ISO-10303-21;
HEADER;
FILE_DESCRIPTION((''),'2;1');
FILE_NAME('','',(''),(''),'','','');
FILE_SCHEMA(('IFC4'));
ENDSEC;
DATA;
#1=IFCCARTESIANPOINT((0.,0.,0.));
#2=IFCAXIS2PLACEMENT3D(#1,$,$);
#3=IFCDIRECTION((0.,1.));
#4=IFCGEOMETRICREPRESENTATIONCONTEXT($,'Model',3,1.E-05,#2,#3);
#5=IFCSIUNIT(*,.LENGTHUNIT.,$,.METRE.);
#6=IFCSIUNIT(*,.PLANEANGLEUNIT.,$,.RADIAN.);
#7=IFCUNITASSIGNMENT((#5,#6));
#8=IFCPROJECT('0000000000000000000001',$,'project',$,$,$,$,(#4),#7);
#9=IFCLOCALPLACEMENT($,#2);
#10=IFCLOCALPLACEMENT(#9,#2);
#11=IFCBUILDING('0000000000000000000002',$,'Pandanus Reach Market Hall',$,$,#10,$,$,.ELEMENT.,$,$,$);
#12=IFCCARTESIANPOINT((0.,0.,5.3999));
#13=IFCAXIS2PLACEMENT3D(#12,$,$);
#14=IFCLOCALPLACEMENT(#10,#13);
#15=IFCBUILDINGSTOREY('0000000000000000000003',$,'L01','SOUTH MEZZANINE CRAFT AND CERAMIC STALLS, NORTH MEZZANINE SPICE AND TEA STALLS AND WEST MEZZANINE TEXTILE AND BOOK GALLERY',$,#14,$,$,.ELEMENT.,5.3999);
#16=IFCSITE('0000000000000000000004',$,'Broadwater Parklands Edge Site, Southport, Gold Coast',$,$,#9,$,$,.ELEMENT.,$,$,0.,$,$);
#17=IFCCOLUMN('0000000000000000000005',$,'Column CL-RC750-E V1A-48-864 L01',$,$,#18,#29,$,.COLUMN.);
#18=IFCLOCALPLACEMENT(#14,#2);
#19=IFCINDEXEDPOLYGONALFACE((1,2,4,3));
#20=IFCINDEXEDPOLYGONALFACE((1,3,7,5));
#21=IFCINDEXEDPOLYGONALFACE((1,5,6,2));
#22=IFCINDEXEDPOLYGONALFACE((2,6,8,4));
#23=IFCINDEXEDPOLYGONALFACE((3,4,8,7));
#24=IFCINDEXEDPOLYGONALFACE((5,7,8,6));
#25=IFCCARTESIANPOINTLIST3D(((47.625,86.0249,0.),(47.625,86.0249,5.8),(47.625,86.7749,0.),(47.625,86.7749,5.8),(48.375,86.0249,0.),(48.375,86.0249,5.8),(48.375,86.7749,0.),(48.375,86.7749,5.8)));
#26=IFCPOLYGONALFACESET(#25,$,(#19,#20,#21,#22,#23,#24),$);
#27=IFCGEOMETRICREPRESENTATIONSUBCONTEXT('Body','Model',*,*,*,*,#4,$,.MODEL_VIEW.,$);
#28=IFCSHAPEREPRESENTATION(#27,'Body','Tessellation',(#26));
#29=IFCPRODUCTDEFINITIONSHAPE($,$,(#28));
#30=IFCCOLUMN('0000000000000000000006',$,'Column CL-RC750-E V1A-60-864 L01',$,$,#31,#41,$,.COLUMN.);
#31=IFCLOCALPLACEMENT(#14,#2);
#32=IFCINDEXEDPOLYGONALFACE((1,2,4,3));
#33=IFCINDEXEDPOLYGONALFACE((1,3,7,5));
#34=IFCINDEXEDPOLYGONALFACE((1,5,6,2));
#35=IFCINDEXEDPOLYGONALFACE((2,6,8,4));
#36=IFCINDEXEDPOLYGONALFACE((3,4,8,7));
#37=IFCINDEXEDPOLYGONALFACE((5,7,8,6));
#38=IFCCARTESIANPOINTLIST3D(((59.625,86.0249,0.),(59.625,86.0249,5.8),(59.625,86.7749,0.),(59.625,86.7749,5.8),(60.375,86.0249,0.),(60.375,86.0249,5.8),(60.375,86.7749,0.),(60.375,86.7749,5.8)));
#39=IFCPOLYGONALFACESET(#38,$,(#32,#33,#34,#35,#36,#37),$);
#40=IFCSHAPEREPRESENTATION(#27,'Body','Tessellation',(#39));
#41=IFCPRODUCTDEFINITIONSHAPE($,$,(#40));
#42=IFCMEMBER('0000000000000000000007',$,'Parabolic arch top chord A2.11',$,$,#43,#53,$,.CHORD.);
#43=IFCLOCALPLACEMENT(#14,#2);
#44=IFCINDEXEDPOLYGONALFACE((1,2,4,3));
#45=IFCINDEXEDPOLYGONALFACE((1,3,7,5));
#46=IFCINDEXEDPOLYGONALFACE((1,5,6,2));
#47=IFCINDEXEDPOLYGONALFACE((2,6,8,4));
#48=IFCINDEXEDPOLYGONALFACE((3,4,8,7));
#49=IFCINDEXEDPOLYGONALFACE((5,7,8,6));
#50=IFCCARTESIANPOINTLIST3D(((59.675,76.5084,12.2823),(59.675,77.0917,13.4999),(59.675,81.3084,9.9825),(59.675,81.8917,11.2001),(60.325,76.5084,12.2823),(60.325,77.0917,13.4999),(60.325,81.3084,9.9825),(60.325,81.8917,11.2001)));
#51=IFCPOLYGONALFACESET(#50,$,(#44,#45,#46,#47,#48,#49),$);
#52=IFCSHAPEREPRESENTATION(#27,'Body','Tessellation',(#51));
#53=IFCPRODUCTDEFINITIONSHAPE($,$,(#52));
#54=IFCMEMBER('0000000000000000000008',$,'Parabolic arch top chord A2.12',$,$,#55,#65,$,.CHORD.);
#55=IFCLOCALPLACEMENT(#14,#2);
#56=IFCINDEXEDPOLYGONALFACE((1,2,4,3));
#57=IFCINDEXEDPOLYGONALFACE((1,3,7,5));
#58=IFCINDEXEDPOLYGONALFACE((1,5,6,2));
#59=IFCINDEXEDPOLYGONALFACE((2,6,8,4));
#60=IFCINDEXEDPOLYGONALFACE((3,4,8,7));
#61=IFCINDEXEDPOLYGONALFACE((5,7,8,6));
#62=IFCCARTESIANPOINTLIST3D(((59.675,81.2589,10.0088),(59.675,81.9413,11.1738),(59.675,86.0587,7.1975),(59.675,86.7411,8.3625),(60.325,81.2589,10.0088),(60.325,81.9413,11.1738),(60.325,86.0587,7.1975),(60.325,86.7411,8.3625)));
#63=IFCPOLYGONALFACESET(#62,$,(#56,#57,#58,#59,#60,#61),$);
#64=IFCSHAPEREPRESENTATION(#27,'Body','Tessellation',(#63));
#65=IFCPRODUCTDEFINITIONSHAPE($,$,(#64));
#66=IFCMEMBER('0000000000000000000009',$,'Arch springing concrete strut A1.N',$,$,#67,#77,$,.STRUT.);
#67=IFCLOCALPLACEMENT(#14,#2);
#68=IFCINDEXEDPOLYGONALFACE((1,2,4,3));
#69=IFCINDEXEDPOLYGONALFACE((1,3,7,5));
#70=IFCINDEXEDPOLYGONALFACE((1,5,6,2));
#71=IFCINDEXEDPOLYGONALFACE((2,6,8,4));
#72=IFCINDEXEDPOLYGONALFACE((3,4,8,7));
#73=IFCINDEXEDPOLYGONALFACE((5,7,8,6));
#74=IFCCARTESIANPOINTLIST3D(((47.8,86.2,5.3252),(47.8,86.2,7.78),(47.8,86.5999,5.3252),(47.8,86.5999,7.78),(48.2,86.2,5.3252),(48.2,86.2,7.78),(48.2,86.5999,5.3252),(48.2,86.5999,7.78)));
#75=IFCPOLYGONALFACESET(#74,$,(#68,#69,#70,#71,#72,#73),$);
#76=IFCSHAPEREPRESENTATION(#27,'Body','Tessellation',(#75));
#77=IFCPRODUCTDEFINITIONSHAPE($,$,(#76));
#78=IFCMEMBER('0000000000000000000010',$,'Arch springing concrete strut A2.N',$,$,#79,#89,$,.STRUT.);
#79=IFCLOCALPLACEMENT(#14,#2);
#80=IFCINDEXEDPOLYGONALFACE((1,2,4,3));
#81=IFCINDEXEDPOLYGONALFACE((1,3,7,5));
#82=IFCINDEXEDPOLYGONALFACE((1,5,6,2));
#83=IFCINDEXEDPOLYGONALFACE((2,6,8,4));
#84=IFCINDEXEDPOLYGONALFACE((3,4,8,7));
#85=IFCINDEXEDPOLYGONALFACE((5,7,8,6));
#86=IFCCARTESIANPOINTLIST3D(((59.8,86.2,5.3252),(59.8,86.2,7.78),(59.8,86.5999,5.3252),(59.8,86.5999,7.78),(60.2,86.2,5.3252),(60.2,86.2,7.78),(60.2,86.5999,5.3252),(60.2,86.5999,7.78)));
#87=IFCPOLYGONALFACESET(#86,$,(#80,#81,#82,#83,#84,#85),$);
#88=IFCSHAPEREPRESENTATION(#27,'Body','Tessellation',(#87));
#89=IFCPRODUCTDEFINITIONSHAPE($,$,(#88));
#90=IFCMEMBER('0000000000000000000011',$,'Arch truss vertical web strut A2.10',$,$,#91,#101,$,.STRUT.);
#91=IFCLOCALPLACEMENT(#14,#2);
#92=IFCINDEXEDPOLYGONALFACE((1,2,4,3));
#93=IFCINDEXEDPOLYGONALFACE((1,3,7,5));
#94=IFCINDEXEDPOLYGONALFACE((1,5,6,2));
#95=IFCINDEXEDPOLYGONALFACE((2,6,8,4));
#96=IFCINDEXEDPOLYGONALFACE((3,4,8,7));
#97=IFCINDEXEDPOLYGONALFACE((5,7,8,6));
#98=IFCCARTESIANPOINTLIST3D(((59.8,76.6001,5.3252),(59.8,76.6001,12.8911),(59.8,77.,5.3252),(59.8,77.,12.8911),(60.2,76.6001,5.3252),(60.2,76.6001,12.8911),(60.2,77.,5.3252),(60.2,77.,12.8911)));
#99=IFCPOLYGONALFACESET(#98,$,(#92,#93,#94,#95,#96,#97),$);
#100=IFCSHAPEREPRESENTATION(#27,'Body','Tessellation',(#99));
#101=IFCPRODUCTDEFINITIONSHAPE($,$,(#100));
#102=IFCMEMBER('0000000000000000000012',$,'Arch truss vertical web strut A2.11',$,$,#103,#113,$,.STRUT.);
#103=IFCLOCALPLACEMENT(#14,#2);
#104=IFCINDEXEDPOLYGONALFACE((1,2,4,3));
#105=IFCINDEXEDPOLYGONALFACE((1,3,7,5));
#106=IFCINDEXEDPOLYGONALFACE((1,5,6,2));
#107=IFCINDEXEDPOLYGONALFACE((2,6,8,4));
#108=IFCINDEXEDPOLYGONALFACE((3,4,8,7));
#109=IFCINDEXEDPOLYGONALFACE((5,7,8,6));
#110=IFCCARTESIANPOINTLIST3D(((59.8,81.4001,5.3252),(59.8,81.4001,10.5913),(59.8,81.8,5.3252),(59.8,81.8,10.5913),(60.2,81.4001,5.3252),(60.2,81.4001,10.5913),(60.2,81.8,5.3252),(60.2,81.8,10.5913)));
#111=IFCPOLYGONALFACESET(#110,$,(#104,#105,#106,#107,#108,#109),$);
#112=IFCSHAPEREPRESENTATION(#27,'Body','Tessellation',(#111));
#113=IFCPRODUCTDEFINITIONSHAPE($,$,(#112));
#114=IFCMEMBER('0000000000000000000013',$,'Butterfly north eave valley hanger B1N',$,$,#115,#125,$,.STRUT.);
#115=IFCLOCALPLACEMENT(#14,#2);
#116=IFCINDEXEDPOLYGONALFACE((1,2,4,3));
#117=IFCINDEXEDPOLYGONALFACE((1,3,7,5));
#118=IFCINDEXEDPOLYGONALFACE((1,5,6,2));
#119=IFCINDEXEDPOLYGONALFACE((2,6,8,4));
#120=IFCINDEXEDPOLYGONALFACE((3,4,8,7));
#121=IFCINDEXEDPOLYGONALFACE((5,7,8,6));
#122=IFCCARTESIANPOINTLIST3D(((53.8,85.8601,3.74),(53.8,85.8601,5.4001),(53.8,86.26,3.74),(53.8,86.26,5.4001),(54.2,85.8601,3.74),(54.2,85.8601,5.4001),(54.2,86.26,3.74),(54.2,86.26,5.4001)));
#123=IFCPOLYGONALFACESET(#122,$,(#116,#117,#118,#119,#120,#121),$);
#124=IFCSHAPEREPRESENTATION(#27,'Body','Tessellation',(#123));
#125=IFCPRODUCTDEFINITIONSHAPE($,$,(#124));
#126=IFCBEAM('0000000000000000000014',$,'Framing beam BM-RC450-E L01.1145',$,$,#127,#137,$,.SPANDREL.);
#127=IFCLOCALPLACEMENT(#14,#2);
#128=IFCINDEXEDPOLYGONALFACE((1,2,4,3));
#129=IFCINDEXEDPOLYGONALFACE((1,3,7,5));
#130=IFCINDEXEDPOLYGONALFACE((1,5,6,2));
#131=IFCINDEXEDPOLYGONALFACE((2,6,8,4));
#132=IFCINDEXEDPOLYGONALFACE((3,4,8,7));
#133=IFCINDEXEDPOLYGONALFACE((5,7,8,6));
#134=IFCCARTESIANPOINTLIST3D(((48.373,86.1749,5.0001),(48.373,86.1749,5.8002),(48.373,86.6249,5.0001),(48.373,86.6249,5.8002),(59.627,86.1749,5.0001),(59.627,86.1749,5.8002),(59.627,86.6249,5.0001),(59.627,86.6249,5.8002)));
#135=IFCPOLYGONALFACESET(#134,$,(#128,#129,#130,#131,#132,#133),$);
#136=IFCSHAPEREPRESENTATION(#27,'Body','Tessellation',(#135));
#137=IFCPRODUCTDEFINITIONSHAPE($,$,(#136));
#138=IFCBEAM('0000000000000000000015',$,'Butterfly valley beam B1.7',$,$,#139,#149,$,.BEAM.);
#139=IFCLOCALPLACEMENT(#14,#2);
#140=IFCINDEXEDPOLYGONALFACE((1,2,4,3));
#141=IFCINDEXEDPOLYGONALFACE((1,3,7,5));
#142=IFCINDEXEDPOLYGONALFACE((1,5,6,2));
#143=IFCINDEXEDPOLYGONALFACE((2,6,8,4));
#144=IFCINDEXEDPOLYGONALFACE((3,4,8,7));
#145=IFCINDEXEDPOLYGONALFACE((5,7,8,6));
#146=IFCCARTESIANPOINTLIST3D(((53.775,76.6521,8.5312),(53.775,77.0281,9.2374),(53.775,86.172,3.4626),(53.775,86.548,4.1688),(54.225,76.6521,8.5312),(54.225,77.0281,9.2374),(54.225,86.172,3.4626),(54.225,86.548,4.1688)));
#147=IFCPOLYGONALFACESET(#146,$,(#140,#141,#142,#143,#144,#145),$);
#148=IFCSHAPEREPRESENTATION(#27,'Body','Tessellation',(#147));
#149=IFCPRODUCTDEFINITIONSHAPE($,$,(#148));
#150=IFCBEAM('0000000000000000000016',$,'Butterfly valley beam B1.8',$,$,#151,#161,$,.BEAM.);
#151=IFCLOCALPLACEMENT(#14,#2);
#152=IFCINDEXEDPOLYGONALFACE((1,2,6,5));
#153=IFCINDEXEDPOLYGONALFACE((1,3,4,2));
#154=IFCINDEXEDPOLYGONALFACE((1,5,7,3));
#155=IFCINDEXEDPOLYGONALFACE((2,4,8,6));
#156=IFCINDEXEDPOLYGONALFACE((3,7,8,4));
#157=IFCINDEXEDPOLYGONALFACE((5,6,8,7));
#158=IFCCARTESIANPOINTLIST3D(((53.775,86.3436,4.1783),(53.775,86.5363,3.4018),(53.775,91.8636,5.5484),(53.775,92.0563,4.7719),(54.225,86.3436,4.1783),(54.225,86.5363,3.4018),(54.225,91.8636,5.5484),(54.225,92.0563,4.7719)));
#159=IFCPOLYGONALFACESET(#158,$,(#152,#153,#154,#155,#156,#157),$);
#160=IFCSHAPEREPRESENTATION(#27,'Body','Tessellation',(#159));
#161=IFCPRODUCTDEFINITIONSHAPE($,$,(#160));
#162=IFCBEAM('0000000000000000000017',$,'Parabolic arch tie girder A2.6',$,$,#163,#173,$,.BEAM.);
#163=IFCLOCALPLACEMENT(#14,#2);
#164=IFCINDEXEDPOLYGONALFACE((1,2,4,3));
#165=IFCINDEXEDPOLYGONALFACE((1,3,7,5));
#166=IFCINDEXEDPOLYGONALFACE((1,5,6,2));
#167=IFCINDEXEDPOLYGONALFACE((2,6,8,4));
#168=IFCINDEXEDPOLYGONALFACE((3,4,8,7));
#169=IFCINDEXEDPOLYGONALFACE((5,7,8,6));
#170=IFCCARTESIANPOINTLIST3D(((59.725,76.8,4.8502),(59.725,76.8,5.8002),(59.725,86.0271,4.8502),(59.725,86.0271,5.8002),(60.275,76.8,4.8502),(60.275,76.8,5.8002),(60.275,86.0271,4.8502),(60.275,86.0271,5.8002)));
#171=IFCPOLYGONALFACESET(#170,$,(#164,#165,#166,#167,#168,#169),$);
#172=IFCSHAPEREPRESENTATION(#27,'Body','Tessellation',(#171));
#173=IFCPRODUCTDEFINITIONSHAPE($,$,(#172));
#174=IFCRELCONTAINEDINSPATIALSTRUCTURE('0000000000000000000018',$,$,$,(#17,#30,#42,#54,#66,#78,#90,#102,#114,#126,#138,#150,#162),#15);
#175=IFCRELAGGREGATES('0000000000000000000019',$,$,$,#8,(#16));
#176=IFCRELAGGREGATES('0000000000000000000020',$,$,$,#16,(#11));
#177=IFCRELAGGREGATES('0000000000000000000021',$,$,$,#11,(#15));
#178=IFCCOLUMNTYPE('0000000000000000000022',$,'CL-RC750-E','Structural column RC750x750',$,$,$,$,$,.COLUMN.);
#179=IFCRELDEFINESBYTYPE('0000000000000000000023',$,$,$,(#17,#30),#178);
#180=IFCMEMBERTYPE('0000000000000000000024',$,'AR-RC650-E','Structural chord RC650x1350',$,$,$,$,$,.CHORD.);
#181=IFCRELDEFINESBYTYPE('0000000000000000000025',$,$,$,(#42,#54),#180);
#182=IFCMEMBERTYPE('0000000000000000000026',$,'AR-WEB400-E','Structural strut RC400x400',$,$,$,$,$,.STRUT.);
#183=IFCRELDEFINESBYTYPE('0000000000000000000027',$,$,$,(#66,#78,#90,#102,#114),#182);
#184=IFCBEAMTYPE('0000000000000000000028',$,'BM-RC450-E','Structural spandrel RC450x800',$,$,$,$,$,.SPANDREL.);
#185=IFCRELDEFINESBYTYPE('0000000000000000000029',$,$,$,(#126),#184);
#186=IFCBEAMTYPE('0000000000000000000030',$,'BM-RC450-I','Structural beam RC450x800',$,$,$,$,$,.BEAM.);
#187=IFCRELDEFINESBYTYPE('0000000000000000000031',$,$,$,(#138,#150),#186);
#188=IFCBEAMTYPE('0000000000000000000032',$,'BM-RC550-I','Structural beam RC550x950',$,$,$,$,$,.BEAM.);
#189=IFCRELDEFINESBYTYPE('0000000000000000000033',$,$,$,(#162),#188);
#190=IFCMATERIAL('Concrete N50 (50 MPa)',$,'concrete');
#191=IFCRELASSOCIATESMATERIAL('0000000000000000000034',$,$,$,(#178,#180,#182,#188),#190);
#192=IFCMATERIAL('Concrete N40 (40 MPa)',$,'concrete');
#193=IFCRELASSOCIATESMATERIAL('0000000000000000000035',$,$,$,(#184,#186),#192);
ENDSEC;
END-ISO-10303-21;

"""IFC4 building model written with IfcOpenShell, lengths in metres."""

from ifc_helpers import new_model, si_unit, direction, frame, origin, origin_2d, place, context, subcontext, project, spatial, rectangle, extrude, material, material_profile, profile_set, type_object, element, save


model = new_model("IFC4")

# Units and contexts
model_context = context("Model", 3, precision=1e-05, world=origin(), true_north=direction((0.0, 1.0)))
body_context = subcontext(model_context, "Body", "Model", "MODEL_VIEW")
ifc_project = project(units=[si_unit("LENGTHUNIT", "METRE"), si_unit("PLANEANGLEUNIT", "RADIAN")], contexts=[model_context])

# Site, building, storey
site_placement = place(None, origin())
site = spatial("IfcSite", under=ifc_project, at=site_placement, Name="Broadwater Parklands Edge Site, Southport, Gold Coast", CompositionType="ELEMENT", RefElevation=0.0)
building_placement = place(site_placement, origin())
building = spatial("IfcBuilding", under=site, at=building_placement, Name="Pandanus Reach Market Hall", CompositionType="ELEMENT")
storey_placement = place(building_placement, frame((0.0, 0.0, 5.3999)))
storey = spatial("IfcBuildingStorey", under=building, at=storey_placement, Name="L01", Description="SOUTH MEZZANINE CRAFT AND CERAMIC STALLS, NORTH MEZZANINE SPICE AND TEA STALLS AND WEST MEZZANINE TEXTILE AND BOOK GALLERY", CompositionType="ELEMENT", Elevation=5.3999)

# Columns
ifc_material_1 = material(Name="Concrete N50 (50 MPa)", Category="concrete")
ifc_material_profile_1 = material_profile(ifc_material_1, rectangle(XDim=0.75, YDim=0.75, at=origin_2d()), Name="RC750x750", Category="LoadBearing")
ifc_profile_set_1 = profile_set([ifc_material_profile_1], Name="Concrete N50 (50 MPa)")
column_type = type_object("IfcColumnType", Name="CL-RC750-E", Description="Structural column RC750x750", PredefinedType="COLUMN", material=ifc_profile_set_1)
for number, where, z_axis, x_axis, name in (
    (1, (48.0, 86.3999, 0.0), (0.0, 0.0, 1.0), (1.0, 0.0, 0.0), "Column CL-RC750-E V1A-48-864 L01"),
    (2, (60.0, 86.3999, 0.0), (0.0, 0.0, 1.0), (1.0, 0.0, 0.0), "Column CL-RC750-E V1A-60-864 L01"),
):
    element("IfcColumn", number, at=place(storey_placement, frame(where, z_axis=z_axis, x_axis=x_axis)), inside=storey, type_object=column_type, Name=name, PredefinedType="COLUMN", context=body_context, shape_type="SweptSolid", body=[
        extrude(rectangle(XDim=0.75, YDim=0.75, at=origin_2d()), origin(), (0.0, 0.0, 1.0), 5.8),
    ])

# Members
ifc_material_profile_2 = material_profile(ifc_material_1, rectangle(XDim=0.6499, YDim=1.3501, at=origin_2d()), Name="RC650x1350", Category="LoadBearing")
ifc_profile_set_2 = profile_set([ifc_material_profile_2], Name="Concrete N50 (50 MPa)")
member_type_1 = type_object("IfcMemberType", Name="AR-RC650-E", Description="Structural chord RC650x1350", PredefinedType="CHORD", material=ifc_profile_set_2)
member_1_placement = place(storey_placement, frame((60.0, 76.8, 12.8911), z_axis=(0.0, 0.901832, -0.432087), x_axis=(-1.0, 0.0, 0.0)))
element("IfcMember", 3, at=member_1_placement, inside=storey, type_object=member_type_1, Name="Parabolic arch top chord A2.11", PredefinedType="CHORD", context=body_context, shape_type="SweptSolid", body=[
    extrude(rectangle(XDim=0.6499, YDim=1.3501, at=origin_2d()), origin(), (0.0, 0.0, 1.0), 5.3225),
])
member_2_placement = place(storey_placement, frame((60.0, 81.6001, 10.5913), z_axis=(0.0, 0.862886, -0.505398), x_axis=(-1.0, 0.0, 0.0)))
element("IfcMember", 4, at=member_2_placement, inside=storey, type_object=member_type_1, Name="Parabolic arch top chord A2.12", PredefinedType="CHORD", context=body_context, shape_type="SweptSolid", body=[
    extrude(rectangle(XDim=0.6499, YDim=1.3501, at=origin_2d()), origin(), (0.0, 0.0, 1.0), 5.5625),
])
ifc_material_profile_3 = material_profile(ifc_material_1, rectangle(XDim=0.3999, YDim=0.3999, at=origin_2d()), Name="RC400x400", Category="LoadBearing")
ifc_profile_set_3 = profile_set([ifc_material_profile_3], Name="Concrete N50 (50 MPa)")
member_type_2 = type_object("IfcMemberType", Name="AR-WEB400-E", Description="Structural strut RC400x400", PredefinedType="STRUT", material=ifc_profile_set_3)
for number, where, z_axis, x_axis, name in (
    (5, (48.0, 86.3999, 5.3252), (0.0, 0.0, 1.0), (1.0, 0.0, 0.0), "Arch springing concrete strut A1.N"),
    (6, (60.0, 86.3999, 5.3252), (0.0, 0.0, 1.0), (1.0, 0.0, 0.0), "Arch springing concrete strut A2.N"),
):
    element("IfcMember", number, at=place(storey_placement, frame(where, z_axis=z_axis, x_axis=x_axis)), inside=storey, type_object=member_type_2, Name=name, PredefinedType="STRUT", context=body_context, shape_type="SweptSolid", body=[
        extrude(rectangle(XDim=0.3999, YDim=0.3999, at=origin_2d()), origin(), (0.0, 0.0, 1.0), 2.4548),
    ])
member_3_placement = place(storey_placement, frame((60.0, 76.8, 5.3252), z_axis=(0.0, 0.0, 1.0), x_axis=(1.0, 0.0, 0.0)))
element("IfcMember", 7, at=member_3_placement, inside=storey, type_object=member_type_2, Name="Arch truss vertical web strut A2.10", PredefinedType="STRUT", context=body_context, shape_type="SweptSolid", body=[
    extrude(rectangle(XDim=0.3999, YDim=0.3999, at=origin_2d()), origin(), (0.0, 0.0, 1.0), 7.5659),
])
member_4_placement = place(storey_placement, frame((60.0, 81.6001, 5.3252), z_axis=(0.0, 0.0, 1.0), x_axis=(1.0, 0.0, 0.0)))
element("IfcMember", 8, at=member_4_placement, inside=storey, type_object=member_type_2, Name="Arch truss vertical web strut A2.11", PredefinedType="STRUT", context=body_context, shape_type="SweptSolid", body=[
    extrude(rectangle(XDim=0.3999, YDim=0.3999, at=origin_2d()), origin(), (0.0, 0.0, 1.0), 5.2661),
])
member_5_placement = place(storey_placement, frame((54.0, 86.0601, 3.74), z_axis=(0.0, 0.0, 1.0), x_axis=(1.0, 0.0, 0.0)))
element("IfcMember", 9, at=member_5_placement, inside=storey, type_object=member_type_2, Name="Butterfly north eave valley hanger B1N", PredefinedType="STRUT", context=body_context, shape_type="SweptSolid", body=[
    extrude(rectangle(XDim=0.3999, YDim=0.3999, at=origin_2d()), origin(), (0.0, 0.0, 1.0), 1.6602),
])

# Beams
ifc_material_2 = material(Name="Concrete N40 (40 MPa)", Category="concrete")
ifc_material_profile_4 = material_profile(ifc_material_2, rectangle(XDim=0.45, YDim=0.8, at=origin_2d()), Name="RC450x800", Category="LoadBearing")
ifc_profile_set_4 = profile_set([ifc_material_profile_4], Name="Concrete N40 (40 MPa)")
beam_type_1 = type_object("IfcBeamType", Name="BM-RC450-E", Description="Structural spandrel RC450x800", PredefinedType="SPANDREL", material=ifc_profile_set_4)
beam_1_placement = place(storey_placement, frame((48.373, 86.3999, 5.4001), z_axis=(1.0, 0.0, 0.0), x_axis=(0.0, 1.0, 0.0)))
element("IfcBeam", 10, at=beam_1_placement, inside=storey, type_object=beam_type_1, Name="Framing beam BM-RC450-E L01.1145", PredefinedType="SPANDREL", context=body_context, shape_type="SweptSolid", body=[
    extrude(rectangle(XDim=0.45, YDim=0.8, at=origin_2d()), origin(), (0.0, 0.0, 1.0), 11.2539),
])
ifc_material_profile_5 = material_profile(ifc_material_2, rectangle(XDim=0.45, YDim=0.8, at=origin_2d()), Name="RC450x800", Category="LoadBearing")
ifc_profile_set_5 = profile_set([ifc_material_profile_5], Name="Concrete N40 (40 MPa)")
beam_type_2 = type_object("IfcBeamType", Name="BM-RC450-I", Description="Structural beam RC450x800", PredefinedType="BEAM", material=ifc_profile_set_5)
beam_2_placement = place(storey_placement, frame((54.0, 76.8401, 8.8843), z_axis=(0.0, 0.882689, -0.469957), x_axis=(-1.0, 0.0, 0.0)))
element("IfcBeam", 11, at=beam_2_placement, inside=storey, type_object=beam_type_2, Name="Butterfly valley beam B1.7", PredefinedType="BEAM", context=body_context, shape_type="SweptSolid", body=[
    extrude(rectangle(XDim=0.45, YDim=0.8, at=origin_2d()), origin(), (0.0, 0.0, 1.0), 10.7852),
])
beam_3_placement = place(storey_placement, frame((54.0, 86.4399, 3.79), z_axis=(0.0, 0.97055, 0.240899), x_axis=(-1.0, 0.0, 0.0)))
element("IfcBeam", 12, at=beam_3_placement, inside=storey, type_object=beam_type_2, Name="Butterfly valley beam B1.8", PredefinedType="BEAM", context=body_context, shape_type="SweptSolid", body=[
    extrude(rectangle(XDim=0.45, YDim=0.8, at=origin_2d()), origin(), (0.0, 0.0, 1.0), 5.6875),
])
ifc_material_profile_6 = material_profile(ifc_material_1, rectangle(XDim=0.55, YDim=0.95, at=origin_2d()), Name="RC550x950", Category="LoadBearing")
ifc_profile_set_6 = profile_set([ifc_material_profile_6], Name="Concrete N50 (50 MPa)")
beam_type_3 = type_object("IfcBeamType", Name="BM-RC550-I", Description="Structural beam RC550x950", PredefinedType="BEAM", material=ifc_profile_set_6)
beam_4_placement = place(storey_placement, frame((60.0, 76.8, 5.3252), z_axis=(0.0, 1.0, 0.0), x_axis=(-1.0, 0.0, 0.0)))
element("IfcBeam", 13, at=beam_4_placement, inside=storey, type_object=beam_type_3, Name="Parabolic arch tie girder A2.6", PredefinedType="BEAM", context=body_context, shape_type="SweptSolid", body=[
    extrude(rectangle(XDim=0.55, YDim=0.95, at=origin_2d()), origin(), (0.0, 0.0, 1.0), 9.2271),
])

save(model, "model.ifc")
